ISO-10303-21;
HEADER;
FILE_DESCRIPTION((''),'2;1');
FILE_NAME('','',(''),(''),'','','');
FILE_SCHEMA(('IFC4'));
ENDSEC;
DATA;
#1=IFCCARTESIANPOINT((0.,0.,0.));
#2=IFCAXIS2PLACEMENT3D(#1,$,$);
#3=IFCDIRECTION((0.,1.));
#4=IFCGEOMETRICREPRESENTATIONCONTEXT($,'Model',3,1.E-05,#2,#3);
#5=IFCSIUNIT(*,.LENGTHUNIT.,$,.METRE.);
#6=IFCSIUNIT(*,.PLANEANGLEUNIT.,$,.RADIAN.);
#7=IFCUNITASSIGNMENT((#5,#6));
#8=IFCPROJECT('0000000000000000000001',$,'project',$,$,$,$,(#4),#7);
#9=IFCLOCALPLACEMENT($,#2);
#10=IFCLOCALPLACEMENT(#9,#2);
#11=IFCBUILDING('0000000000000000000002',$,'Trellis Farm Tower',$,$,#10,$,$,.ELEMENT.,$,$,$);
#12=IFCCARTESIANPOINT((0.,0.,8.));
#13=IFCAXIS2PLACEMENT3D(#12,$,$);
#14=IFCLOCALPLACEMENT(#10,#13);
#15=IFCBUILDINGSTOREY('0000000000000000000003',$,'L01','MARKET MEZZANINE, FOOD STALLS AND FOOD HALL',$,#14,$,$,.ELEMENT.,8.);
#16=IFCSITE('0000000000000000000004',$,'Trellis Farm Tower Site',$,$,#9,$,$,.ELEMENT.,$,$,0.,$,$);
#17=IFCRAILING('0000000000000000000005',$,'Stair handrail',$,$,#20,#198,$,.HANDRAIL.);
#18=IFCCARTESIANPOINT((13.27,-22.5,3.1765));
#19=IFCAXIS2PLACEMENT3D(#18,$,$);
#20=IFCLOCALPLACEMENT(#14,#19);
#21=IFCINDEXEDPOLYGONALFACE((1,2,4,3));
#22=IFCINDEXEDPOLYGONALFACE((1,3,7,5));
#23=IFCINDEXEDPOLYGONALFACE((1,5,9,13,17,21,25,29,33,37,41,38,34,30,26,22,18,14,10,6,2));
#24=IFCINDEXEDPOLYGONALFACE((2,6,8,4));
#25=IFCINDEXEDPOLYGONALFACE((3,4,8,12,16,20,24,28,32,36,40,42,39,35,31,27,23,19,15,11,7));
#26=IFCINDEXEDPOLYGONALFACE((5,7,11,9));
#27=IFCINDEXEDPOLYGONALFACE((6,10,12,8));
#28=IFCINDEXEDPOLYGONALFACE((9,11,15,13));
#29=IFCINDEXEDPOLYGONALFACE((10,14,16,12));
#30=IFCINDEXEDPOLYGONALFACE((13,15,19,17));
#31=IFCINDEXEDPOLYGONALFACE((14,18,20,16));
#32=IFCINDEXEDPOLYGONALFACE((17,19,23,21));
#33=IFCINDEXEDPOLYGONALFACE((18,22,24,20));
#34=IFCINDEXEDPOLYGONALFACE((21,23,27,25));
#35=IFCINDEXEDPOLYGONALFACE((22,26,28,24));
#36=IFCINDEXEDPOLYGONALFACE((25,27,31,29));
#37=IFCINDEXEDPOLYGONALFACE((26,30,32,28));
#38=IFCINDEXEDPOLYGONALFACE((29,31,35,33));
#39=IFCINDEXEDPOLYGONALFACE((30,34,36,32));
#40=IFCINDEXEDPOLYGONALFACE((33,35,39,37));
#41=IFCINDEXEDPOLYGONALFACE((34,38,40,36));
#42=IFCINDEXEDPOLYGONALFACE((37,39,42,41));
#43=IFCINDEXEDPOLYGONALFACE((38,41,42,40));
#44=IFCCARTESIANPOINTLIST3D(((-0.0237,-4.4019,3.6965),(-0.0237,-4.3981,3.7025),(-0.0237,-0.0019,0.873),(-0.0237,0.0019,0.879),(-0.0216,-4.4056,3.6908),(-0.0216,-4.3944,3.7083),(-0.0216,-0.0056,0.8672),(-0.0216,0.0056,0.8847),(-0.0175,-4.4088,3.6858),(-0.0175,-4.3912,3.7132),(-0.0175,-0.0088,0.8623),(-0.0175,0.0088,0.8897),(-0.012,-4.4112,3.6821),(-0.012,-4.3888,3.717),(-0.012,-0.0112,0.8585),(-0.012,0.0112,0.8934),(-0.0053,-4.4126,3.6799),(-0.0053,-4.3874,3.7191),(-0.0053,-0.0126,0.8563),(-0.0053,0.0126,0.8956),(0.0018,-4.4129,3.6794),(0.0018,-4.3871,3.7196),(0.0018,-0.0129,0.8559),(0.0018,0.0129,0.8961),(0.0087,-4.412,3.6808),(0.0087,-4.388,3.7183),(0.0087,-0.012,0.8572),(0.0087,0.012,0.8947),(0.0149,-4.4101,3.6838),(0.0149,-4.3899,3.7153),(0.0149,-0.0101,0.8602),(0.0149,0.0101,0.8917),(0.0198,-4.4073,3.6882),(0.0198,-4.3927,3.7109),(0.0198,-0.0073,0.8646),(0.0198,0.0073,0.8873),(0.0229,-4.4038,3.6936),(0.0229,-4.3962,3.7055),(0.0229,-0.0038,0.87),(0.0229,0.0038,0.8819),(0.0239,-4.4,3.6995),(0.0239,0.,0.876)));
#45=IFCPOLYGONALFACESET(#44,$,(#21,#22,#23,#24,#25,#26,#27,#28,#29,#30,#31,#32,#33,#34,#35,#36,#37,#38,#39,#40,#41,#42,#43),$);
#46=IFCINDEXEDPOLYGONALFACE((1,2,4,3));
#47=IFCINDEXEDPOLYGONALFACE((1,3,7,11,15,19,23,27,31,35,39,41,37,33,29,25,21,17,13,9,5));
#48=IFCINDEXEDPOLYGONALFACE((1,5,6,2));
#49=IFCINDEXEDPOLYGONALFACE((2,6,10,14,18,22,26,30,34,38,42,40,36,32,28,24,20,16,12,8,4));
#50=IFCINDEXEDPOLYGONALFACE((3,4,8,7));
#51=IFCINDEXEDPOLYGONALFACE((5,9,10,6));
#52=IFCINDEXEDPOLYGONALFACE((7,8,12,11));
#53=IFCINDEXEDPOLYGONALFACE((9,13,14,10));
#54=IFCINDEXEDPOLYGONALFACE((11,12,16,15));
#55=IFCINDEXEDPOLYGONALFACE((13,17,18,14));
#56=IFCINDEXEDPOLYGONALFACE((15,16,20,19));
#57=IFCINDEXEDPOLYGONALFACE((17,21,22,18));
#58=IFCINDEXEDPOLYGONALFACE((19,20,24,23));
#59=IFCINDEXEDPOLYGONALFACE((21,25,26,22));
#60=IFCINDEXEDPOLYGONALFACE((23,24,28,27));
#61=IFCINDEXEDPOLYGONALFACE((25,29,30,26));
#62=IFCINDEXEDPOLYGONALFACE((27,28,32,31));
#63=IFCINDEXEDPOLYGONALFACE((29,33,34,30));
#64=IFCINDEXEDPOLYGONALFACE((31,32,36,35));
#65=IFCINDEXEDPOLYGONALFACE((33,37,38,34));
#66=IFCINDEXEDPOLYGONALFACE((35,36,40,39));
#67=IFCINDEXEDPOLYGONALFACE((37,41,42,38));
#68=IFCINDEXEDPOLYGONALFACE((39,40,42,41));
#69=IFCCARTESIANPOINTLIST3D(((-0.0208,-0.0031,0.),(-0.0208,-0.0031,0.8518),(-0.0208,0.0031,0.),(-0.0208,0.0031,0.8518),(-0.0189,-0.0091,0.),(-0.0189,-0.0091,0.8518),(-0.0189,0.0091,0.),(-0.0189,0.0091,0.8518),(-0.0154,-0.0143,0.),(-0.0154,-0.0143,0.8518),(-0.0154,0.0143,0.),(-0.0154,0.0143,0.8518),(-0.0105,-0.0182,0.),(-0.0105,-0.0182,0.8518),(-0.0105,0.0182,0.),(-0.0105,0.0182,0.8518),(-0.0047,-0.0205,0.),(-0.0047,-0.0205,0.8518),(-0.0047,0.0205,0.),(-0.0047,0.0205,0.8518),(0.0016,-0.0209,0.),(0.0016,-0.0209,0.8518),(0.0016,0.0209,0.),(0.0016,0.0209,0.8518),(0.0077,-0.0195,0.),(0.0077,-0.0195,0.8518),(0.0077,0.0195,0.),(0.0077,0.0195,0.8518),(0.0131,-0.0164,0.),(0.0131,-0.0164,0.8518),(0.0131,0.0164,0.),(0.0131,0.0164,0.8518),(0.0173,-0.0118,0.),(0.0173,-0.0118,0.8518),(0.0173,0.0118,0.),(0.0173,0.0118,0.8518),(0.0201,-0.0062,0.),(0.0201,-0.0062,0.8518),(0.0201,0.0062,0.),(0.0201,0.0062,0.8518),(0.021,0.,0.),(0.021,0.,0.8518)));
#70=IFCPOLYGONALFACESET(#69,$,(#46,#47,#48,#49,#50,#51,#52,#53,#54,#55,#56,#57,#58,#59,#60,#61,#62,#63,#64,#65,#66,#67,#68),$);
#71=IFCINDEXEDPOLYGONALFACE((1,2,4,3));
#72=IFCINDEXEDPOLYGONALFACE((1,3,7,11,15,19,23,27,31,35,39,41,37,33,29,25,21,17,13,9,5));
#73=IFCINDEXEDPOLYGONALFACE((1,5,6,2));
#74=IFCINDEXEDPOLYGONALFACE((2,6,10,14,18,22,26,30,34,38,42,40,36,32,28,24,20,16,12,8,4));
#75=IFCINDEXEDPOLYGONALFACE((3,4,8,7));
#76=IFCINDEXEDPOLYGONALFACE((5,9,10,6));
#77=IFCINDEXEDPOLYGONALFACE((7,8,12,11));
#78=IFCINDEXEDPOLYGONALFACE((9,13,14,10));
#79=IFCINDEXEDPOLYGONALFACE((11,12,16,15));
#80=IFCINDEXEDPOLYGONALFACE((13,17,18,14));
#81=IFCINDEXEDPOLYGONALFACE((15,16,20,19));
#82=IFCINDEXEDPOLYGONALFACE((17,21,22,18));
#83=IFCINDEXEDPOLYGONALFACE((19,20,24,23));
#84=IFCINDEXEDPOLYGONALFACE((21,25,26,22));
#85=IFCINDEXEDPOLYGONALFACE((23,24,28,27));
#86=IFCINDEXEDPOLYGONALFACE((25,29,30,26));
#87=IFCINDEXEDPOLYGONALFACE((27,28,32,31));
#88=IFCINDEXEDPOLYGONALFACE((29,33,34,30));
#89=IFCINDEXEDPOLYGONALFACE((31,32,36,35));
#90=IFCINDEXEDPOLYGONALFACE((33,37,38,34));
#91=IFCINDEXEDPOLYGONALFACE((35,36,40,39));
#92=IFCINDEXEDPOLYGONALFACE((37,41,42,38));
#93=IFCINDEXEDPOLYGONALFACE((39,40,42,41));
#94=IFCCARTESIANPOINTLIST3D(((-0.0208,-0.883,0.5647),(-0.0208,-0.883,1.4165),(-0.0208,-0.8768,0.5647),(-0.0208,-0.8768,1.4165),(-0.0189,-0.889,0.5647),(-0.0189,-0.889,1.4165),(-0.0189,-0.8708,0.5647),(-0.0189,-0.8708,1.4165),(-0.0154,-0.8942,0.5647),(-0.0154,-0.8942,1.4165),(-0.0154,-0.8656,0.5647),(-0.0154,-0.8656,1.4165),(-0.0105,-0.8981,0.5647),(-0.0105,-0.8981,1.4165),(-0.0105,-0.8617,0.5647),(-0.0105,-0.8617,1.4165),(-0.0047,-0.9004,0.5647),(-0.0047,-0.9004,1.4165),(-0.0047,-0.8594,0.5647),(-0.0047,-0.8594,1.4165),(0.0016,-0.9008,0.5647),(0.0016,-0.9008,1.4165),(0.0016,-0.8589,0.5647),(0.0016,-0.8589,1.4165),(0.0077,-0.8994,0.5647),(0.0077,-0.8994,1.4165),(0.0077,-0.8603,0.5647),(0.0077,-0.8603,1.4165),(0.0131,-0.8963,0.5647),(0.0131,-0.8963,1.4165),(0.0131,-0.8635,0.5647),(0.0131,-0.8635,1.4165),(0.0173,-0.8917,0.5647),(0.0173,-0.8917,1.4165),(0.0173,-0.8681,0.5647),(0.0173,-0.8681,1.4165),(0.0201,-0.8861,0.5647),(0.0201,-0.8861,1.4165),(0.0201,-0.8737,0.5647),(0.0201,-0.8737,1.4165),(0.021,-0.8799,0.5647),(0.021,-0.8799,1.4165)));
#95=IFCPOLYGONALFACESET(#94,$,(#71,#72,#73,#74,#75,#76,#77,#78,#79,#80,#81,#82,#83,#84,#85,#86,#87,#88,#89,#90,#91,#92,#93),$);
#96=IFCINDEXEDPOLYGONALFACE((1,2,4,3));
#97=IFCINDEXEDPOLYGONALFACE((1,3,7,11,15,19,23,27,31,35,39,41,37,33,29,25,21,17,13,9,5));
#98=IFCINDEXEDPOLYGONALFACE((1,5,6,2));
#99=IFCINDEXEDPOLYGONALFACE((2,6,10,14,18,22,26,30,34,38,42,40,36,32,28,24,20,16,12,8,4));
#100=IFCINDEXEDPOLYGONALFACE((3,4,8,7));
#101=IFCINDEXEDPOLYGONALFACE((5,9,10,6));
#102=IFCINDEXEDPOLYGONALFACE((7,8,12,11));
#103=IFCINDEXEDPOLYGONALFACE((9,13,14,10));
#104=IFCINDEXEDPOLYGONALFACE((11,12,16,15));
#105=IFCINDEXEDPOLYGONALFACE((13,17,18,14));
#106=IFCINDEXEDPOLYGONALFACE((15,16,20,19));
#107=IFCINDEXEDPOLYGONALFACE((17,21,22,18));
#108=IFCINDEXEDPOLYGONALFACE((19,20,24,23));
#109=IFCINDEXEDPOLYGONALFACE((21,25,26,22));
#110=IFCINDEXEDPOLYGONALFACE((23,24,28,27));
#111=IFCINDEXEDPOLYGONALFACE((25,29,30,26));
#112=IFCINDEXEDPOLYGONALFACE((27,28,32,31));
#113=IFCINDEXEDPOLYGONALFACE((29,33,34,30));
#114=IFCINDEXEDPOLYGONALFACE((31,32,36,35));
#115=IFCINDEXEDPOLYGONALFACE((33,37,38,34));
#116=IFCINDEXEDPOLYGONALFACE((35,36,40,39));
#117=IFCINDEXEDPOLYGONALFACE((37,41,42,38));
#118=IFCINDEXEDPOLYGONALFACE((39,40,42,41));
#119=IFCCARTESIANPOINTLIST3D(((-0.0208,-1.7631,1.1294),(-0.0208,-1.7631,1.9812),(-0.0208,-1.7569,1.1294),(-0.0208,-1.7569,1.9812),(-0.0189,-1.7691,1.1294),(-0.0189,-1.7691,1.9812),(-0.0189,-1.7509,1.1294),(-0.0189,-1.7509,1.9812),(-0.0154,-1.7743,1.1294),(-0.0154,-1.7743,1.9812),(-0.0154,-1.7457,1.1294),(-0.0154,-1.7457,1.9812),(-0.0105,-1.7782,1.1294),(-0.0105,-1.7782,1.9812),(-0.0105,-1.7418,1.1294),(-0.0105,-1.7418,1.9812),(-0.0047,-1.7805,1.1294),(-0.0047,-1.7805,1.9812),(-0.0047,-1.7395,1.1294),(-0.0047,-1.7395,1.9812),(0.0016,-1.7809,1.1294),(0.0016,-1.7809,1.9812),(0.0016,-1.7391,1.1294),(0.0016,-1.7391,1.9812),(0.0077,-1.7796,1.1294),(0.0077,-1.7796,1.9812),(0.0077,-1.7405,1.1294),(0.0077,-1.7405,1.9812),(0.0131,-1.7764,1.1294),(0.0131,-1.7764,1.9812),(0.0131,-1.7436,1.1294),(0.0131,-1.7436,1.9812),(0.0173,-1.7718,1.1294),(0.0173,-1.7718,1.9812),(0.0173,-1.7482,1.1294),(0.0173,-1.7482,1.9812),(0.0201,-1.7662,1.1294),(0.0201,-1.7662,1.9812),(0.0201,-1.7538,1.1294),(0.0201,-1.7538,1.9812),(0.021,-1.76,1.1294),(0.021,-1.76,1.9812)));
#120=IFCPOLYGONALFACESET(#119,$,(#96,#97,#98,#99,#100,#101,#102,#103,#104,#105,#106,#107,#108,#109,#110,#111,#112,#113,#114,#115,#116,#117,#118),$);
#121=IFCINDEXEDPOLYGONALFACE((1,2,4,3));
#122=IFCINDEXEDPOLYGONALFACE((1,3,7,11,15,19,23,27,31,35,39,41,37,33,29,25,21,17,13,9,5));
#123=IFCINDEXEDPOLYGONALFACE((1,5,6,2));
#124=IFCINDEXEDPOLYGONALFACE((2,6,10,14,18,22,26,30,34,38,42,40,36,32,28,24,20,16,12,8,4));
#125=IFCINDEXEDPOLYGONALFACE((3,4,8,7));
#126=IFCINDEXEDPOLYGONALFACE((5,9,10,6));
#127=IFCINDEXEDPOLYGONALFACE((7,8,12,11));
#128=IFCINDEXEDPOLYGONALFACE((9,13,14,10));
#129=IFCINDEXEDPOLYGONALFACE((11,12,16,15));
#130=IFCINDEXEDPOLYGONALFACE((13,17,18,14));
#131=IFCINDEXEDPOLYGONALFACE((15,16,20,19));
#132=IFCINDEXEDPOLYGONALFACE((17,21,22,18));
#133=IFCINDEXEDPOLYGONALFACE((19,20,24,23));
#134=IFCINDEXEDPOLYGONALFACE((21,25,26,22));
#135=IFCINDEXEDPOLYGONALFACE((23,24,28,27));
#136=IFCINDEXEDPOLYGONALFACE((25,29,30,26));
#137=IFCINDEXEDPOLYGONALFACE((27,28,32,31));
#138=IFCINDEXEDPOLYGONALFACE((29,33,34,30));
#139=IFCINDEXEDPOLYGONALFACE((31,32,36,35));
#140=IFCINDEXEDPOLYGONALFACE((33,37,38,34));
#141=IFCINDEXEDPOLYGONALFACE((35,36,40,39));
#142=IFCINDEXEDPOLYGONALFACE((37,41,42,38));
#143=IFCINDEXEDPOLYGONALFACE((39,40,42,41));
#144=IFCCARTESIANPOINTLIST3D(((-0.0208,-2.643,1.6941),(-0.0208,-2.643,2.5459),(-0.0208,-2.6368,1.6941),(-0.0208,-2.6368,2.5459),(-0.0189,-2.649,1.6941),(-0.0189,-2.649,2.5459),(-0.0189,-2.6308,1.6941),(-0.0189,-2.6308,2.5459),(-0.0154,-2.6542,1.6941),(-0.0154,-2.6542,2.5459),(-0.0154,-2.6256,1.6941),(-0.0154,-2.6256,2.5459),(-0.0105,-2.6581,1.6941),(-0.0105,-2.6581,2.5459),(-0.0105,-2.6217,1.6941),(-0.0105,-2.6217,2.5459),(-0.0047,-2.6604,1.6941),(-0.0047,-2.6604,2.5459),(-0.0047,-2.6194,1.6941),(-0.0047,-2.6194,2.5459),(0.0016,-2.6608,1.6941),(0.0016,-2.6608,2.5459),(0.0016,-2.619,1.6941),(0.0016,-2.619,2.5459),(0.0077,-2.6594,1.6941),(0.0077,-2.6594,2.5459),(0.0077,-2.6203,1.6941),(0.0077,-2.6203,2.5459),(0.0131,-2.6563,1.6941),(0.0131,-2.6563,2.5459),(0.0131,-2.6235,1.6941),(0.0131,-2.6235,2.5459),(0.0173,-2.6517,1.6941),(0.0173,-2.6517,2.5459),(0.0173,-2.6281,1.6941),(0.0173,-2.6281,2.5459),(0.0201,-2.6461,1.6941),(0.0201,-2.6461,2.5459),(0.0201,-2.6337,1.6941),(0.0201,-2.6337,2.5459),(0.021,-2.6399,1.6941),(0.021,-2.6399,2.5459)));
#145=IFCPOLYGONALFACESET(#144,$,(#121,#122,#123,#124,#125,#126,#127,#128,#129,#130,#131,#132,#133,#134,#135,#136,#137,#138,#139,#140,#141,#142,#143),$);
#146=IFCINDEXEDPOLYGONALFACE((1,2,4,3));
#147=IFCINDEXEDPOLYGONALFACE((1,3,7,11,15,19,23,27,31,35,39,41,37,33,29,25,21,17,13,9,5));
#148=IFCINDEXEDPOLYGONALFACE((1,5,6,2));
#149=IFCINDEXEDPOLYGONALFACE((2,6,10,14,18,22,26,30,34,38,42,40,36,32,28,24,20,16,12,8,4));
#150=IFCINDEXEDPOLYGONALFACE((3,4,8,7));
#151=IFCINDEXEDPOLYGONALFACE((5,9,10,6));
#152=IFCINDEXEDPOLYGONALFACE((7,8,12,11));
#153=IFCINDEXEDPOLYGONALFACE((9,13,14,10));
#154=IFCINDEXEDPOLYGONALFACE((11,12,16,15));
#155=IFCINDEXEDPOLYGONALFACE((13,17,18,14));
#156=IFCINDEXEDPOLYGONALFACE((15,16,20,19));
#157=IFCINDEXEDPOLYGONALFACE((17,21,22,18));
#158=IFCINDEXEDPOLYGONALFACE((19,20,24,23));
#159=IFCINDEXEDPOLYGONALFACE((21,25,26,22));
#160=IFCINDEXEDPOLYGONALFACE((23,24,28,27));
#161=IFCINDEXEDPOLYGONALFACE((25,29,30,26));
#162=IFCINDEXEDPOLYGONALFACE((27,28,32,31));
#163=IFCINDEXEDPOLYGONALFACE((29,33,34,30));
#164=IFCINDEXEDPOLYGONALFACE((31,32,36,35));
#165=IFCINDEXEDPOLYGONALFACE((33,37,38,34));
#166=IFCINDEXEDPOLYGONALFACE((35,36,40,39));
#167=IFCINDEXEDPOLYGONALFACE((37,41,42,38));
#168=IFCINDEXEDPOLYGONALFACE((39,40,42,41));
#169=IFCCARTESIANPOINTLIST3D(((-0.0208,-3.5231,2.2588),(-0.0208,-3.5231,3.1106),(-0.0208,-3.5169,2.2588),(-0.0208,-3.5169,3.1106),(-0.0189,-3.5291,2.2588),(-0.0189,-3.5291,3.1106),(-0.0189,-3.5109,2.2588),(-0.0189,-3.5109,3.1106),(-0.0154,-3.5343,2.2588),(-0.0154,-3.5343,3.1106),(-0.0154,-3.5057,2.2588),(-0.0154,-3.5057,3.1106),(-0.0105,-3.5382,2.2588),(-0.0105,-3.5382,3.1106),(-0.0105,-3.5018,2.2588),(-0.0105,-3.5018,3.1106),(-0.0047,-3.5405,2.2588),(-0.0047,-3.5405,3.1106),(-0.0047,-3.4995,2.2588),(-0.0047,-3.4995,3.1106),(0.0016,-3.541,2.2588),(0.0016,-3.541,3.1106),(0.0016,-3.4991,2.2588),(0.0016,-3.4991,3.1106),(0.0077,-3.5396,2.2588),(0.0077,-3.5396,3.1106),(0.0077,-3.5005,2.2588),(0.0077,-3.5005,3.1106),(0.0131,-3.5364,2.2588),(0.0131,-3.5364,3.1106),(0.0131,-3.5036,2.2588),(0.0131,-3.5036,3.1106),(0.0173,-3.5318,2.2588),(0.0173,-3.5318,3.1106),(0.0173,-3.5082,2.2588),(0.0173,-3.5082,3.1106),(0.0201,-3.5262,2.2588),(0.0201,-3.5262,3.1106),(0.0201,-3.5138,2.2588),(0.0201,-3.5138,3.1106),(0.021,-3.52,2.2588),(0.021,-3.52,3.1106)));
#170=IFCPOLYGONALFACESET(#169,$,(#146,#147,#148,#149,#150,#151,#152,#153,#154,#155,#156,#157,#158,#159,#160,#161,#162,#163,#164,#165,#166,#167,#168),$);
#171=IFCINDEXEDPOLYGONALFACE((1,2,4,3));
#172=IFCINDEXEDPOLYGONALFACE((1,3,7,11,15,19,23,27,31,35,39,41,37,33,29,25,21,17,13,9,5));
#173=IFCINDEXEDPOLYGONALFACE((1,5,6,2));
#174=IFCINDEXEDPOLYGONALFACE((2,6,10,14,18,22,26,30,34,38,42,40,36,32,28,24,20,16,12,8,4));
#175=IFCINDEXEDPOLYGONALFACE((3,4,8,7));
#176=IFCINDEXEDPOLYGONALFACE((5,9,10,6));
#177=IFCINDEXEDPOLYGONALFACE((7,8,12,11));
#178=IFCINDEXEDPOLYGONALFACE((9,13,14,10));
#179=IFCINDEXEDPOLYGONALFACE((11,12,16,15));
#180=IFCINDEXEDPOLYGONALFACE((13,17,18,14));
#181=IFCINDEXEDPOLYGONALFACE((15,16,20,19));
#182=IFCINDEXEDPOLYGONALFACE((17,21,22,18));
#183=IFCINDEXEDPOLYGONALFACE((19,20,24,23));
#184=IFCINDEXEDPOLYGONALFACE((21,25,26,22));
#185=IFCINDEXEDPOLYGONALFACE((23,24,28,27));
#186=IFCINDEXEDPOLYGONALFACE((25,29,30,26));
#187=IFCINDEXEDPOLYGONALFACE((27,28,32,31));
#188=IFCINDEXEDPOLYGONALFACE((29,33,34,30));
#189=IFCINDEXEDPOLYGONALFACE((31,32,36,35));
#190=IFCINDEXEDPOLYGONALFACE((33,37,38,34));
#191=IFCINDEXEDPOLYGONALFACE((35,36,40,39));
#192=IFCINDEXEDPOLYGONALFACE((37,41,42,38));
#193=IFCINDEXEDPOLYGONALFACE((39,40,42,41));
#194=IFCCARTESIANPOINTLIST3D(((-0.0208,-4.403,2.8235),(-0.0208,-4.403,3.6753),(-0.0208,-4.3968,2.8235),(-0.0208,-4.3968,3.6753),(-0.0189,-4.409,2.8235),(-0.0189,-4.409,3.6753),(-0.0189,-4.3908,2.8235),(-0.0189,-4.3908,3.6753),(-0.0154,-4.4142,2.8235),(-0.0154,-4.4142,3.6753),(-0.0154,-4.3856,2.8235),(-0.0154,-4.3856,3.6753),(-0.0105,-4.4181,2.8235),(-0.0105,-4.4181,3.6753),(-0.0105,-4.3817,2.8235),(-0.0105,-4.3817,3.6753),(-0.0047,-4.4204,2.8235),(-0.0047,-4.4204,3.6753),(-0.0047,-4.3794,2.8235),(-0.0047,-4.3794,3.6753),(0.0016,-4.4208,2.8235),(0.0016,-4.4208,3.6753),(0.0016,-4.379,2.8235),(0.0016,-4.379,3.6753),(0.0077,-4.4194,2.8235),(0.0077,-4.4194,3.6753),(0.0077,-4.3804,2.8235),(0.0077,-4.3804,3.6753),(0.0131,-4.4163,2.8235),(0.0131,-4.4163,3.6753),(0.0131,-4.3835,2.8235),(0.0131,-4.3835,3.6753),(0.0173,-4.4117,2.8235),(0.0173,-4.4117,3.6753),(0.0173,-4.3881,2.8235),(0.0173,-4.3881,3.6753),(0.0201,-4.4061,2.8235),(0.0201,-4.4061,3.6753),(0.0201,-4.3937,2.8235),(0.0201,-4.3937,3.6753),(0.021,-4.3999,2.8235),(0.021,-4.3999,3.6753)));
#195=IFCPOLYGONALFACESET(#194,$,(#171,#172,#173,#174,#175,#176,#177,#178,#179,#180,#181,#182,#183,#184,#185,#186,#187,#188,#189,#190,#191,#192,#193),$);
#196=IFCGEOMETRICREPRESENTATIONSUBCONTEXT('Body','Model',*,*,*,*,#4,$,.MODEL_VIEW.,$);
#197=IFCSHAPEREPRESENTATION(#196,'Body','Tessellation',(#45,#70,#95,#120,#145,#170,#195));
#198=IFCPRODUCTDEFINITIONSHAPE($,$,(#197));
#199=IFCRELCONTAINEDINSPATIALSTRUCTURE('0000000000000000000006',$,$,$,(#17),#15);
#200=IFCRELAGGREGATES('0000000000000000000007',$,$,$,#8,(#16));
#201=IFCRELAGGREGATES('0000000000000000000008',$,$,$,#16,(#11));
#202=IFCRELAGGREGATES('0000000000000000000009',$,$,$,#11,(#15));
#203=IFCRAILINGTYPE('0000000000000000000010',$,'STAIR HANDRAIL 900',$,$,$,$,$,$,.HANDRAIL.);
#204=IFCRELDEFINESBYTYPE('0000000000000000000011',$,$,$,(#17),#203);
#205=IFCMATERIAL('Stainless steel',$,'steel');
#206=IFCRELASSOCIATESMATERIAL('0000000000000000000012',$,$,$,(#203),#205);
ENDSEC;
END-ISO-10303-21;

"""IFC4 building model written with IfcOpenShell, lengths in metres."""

from ifc_helpers import new_model, si_unit, direction, frame, origin, origin_2d, place, context, subcontext, project, spatial, circle, extrude, source, transform, mapped, material, type_object, element, save


model = new_model("IFC4")

# Units and contexts
model_context = context("Model", 3, precision=1e-05, world=origin(), true_north=direction((0.0, 1.0)))
body_context = subcontext(model_context, "Body", "Model", "MODEL_VIEW")
ifc_project = project(units=[si_unit("LENGTHUNIT", "METRE"), si_unit("PLANEANGLEUNIT", "RADIAN")], contexts=[model_context])

# Site, building, storey
site_placement = place(None, origin())
site = spatial("IfcSite", under=ifc_project, at=site_placement, Name="Trellis Farm Tower Site", CompositionType="ELEMENT", RefElevation=0.0)
building_placement = place(site_placement, origin())
building = spatial("IfcBuilding", under=site, at=building_placement, Name="Trellis Farm Tower", CompositionType="ELEMENT")
storey_placement = place(building_placement, frame((0.0, 0.0, 8.0)))
storey = spatial("IfcBuildingStorey", under=building, at=storey_placement, Name="L01", Description="MARKET MEZZANINE, FOOD STALLS AND FOOD HALL", CompositionType="ELEMENT", Elevation=8.0)

# Railing
ifc_material_1 = material(Name="Stainless steel", Category="steel")
railing_type = type_object("IfcRailingType", Name="STAIR HANDRAIL 900", PredefinedType="HANDRAIL", material=ifc_material_1)
shared_shape_1 = source(origin(), body_context, "Body", "SweptSolid", [
    extrude(circle(Radius=0.0239, at=origin_2d()), frame((0.0, 0.0, 0.876), z_axis=(0.0, -0.841615, 0.540078), x_axis=(1.0, 0.0, 0.0)), (0.0, 0.0, 1.0), 5.228),
    extrude(circle(Radius=0.021, at=origin_2d()), origin(), (0.0, 0.0, 1.0), 0.8518),
    extrude(circle(Radius=0.021, at=origin_2d()), frame((0.0, -0.8799, 0.5647)), (0.0, 0.0, 1.0), 0.8518),
    extrude(circle(Radius=0.021, at=origin_2d()), frame((0.0, -1.76, 1.1294)), (0.0, 0.0, 1.0), 0.8518),
    extrude(circle(Radius=0.021, at=origin_2d()), frame((0.0, -2.6399, 1.6941)), (0.0, 0.0, 1.0), 0.8518),
    extrude(circle(Radius=0.021, at=origin_2d()), frame((0.0, -3.52, 2.2588)), (0.0, 0.0, 1.0), 0.8518),
    extrude(circle(Radius=0.021, at=origin_2d()), frame((0.0, -4.3999, 2.8235)), (0.0, 0.0, 1.0), 0.8518),
])
for number, where, name in (
    (1, (13.27, -22.5, 3.1765), "Stair handrail"),
):
    element("IfcRailing", number, at=place(storey_placement, frame(where)), inside=storey, type_object=railing_type, Name=name, PredefinedType="HANDRAIL", context=body_context, shape_type="MappedRepresentation", body=[
        mapped(shared_shape_1, transform((0.0, 0.0, 0.0))),
    ])

save(model, "model.ifc")
